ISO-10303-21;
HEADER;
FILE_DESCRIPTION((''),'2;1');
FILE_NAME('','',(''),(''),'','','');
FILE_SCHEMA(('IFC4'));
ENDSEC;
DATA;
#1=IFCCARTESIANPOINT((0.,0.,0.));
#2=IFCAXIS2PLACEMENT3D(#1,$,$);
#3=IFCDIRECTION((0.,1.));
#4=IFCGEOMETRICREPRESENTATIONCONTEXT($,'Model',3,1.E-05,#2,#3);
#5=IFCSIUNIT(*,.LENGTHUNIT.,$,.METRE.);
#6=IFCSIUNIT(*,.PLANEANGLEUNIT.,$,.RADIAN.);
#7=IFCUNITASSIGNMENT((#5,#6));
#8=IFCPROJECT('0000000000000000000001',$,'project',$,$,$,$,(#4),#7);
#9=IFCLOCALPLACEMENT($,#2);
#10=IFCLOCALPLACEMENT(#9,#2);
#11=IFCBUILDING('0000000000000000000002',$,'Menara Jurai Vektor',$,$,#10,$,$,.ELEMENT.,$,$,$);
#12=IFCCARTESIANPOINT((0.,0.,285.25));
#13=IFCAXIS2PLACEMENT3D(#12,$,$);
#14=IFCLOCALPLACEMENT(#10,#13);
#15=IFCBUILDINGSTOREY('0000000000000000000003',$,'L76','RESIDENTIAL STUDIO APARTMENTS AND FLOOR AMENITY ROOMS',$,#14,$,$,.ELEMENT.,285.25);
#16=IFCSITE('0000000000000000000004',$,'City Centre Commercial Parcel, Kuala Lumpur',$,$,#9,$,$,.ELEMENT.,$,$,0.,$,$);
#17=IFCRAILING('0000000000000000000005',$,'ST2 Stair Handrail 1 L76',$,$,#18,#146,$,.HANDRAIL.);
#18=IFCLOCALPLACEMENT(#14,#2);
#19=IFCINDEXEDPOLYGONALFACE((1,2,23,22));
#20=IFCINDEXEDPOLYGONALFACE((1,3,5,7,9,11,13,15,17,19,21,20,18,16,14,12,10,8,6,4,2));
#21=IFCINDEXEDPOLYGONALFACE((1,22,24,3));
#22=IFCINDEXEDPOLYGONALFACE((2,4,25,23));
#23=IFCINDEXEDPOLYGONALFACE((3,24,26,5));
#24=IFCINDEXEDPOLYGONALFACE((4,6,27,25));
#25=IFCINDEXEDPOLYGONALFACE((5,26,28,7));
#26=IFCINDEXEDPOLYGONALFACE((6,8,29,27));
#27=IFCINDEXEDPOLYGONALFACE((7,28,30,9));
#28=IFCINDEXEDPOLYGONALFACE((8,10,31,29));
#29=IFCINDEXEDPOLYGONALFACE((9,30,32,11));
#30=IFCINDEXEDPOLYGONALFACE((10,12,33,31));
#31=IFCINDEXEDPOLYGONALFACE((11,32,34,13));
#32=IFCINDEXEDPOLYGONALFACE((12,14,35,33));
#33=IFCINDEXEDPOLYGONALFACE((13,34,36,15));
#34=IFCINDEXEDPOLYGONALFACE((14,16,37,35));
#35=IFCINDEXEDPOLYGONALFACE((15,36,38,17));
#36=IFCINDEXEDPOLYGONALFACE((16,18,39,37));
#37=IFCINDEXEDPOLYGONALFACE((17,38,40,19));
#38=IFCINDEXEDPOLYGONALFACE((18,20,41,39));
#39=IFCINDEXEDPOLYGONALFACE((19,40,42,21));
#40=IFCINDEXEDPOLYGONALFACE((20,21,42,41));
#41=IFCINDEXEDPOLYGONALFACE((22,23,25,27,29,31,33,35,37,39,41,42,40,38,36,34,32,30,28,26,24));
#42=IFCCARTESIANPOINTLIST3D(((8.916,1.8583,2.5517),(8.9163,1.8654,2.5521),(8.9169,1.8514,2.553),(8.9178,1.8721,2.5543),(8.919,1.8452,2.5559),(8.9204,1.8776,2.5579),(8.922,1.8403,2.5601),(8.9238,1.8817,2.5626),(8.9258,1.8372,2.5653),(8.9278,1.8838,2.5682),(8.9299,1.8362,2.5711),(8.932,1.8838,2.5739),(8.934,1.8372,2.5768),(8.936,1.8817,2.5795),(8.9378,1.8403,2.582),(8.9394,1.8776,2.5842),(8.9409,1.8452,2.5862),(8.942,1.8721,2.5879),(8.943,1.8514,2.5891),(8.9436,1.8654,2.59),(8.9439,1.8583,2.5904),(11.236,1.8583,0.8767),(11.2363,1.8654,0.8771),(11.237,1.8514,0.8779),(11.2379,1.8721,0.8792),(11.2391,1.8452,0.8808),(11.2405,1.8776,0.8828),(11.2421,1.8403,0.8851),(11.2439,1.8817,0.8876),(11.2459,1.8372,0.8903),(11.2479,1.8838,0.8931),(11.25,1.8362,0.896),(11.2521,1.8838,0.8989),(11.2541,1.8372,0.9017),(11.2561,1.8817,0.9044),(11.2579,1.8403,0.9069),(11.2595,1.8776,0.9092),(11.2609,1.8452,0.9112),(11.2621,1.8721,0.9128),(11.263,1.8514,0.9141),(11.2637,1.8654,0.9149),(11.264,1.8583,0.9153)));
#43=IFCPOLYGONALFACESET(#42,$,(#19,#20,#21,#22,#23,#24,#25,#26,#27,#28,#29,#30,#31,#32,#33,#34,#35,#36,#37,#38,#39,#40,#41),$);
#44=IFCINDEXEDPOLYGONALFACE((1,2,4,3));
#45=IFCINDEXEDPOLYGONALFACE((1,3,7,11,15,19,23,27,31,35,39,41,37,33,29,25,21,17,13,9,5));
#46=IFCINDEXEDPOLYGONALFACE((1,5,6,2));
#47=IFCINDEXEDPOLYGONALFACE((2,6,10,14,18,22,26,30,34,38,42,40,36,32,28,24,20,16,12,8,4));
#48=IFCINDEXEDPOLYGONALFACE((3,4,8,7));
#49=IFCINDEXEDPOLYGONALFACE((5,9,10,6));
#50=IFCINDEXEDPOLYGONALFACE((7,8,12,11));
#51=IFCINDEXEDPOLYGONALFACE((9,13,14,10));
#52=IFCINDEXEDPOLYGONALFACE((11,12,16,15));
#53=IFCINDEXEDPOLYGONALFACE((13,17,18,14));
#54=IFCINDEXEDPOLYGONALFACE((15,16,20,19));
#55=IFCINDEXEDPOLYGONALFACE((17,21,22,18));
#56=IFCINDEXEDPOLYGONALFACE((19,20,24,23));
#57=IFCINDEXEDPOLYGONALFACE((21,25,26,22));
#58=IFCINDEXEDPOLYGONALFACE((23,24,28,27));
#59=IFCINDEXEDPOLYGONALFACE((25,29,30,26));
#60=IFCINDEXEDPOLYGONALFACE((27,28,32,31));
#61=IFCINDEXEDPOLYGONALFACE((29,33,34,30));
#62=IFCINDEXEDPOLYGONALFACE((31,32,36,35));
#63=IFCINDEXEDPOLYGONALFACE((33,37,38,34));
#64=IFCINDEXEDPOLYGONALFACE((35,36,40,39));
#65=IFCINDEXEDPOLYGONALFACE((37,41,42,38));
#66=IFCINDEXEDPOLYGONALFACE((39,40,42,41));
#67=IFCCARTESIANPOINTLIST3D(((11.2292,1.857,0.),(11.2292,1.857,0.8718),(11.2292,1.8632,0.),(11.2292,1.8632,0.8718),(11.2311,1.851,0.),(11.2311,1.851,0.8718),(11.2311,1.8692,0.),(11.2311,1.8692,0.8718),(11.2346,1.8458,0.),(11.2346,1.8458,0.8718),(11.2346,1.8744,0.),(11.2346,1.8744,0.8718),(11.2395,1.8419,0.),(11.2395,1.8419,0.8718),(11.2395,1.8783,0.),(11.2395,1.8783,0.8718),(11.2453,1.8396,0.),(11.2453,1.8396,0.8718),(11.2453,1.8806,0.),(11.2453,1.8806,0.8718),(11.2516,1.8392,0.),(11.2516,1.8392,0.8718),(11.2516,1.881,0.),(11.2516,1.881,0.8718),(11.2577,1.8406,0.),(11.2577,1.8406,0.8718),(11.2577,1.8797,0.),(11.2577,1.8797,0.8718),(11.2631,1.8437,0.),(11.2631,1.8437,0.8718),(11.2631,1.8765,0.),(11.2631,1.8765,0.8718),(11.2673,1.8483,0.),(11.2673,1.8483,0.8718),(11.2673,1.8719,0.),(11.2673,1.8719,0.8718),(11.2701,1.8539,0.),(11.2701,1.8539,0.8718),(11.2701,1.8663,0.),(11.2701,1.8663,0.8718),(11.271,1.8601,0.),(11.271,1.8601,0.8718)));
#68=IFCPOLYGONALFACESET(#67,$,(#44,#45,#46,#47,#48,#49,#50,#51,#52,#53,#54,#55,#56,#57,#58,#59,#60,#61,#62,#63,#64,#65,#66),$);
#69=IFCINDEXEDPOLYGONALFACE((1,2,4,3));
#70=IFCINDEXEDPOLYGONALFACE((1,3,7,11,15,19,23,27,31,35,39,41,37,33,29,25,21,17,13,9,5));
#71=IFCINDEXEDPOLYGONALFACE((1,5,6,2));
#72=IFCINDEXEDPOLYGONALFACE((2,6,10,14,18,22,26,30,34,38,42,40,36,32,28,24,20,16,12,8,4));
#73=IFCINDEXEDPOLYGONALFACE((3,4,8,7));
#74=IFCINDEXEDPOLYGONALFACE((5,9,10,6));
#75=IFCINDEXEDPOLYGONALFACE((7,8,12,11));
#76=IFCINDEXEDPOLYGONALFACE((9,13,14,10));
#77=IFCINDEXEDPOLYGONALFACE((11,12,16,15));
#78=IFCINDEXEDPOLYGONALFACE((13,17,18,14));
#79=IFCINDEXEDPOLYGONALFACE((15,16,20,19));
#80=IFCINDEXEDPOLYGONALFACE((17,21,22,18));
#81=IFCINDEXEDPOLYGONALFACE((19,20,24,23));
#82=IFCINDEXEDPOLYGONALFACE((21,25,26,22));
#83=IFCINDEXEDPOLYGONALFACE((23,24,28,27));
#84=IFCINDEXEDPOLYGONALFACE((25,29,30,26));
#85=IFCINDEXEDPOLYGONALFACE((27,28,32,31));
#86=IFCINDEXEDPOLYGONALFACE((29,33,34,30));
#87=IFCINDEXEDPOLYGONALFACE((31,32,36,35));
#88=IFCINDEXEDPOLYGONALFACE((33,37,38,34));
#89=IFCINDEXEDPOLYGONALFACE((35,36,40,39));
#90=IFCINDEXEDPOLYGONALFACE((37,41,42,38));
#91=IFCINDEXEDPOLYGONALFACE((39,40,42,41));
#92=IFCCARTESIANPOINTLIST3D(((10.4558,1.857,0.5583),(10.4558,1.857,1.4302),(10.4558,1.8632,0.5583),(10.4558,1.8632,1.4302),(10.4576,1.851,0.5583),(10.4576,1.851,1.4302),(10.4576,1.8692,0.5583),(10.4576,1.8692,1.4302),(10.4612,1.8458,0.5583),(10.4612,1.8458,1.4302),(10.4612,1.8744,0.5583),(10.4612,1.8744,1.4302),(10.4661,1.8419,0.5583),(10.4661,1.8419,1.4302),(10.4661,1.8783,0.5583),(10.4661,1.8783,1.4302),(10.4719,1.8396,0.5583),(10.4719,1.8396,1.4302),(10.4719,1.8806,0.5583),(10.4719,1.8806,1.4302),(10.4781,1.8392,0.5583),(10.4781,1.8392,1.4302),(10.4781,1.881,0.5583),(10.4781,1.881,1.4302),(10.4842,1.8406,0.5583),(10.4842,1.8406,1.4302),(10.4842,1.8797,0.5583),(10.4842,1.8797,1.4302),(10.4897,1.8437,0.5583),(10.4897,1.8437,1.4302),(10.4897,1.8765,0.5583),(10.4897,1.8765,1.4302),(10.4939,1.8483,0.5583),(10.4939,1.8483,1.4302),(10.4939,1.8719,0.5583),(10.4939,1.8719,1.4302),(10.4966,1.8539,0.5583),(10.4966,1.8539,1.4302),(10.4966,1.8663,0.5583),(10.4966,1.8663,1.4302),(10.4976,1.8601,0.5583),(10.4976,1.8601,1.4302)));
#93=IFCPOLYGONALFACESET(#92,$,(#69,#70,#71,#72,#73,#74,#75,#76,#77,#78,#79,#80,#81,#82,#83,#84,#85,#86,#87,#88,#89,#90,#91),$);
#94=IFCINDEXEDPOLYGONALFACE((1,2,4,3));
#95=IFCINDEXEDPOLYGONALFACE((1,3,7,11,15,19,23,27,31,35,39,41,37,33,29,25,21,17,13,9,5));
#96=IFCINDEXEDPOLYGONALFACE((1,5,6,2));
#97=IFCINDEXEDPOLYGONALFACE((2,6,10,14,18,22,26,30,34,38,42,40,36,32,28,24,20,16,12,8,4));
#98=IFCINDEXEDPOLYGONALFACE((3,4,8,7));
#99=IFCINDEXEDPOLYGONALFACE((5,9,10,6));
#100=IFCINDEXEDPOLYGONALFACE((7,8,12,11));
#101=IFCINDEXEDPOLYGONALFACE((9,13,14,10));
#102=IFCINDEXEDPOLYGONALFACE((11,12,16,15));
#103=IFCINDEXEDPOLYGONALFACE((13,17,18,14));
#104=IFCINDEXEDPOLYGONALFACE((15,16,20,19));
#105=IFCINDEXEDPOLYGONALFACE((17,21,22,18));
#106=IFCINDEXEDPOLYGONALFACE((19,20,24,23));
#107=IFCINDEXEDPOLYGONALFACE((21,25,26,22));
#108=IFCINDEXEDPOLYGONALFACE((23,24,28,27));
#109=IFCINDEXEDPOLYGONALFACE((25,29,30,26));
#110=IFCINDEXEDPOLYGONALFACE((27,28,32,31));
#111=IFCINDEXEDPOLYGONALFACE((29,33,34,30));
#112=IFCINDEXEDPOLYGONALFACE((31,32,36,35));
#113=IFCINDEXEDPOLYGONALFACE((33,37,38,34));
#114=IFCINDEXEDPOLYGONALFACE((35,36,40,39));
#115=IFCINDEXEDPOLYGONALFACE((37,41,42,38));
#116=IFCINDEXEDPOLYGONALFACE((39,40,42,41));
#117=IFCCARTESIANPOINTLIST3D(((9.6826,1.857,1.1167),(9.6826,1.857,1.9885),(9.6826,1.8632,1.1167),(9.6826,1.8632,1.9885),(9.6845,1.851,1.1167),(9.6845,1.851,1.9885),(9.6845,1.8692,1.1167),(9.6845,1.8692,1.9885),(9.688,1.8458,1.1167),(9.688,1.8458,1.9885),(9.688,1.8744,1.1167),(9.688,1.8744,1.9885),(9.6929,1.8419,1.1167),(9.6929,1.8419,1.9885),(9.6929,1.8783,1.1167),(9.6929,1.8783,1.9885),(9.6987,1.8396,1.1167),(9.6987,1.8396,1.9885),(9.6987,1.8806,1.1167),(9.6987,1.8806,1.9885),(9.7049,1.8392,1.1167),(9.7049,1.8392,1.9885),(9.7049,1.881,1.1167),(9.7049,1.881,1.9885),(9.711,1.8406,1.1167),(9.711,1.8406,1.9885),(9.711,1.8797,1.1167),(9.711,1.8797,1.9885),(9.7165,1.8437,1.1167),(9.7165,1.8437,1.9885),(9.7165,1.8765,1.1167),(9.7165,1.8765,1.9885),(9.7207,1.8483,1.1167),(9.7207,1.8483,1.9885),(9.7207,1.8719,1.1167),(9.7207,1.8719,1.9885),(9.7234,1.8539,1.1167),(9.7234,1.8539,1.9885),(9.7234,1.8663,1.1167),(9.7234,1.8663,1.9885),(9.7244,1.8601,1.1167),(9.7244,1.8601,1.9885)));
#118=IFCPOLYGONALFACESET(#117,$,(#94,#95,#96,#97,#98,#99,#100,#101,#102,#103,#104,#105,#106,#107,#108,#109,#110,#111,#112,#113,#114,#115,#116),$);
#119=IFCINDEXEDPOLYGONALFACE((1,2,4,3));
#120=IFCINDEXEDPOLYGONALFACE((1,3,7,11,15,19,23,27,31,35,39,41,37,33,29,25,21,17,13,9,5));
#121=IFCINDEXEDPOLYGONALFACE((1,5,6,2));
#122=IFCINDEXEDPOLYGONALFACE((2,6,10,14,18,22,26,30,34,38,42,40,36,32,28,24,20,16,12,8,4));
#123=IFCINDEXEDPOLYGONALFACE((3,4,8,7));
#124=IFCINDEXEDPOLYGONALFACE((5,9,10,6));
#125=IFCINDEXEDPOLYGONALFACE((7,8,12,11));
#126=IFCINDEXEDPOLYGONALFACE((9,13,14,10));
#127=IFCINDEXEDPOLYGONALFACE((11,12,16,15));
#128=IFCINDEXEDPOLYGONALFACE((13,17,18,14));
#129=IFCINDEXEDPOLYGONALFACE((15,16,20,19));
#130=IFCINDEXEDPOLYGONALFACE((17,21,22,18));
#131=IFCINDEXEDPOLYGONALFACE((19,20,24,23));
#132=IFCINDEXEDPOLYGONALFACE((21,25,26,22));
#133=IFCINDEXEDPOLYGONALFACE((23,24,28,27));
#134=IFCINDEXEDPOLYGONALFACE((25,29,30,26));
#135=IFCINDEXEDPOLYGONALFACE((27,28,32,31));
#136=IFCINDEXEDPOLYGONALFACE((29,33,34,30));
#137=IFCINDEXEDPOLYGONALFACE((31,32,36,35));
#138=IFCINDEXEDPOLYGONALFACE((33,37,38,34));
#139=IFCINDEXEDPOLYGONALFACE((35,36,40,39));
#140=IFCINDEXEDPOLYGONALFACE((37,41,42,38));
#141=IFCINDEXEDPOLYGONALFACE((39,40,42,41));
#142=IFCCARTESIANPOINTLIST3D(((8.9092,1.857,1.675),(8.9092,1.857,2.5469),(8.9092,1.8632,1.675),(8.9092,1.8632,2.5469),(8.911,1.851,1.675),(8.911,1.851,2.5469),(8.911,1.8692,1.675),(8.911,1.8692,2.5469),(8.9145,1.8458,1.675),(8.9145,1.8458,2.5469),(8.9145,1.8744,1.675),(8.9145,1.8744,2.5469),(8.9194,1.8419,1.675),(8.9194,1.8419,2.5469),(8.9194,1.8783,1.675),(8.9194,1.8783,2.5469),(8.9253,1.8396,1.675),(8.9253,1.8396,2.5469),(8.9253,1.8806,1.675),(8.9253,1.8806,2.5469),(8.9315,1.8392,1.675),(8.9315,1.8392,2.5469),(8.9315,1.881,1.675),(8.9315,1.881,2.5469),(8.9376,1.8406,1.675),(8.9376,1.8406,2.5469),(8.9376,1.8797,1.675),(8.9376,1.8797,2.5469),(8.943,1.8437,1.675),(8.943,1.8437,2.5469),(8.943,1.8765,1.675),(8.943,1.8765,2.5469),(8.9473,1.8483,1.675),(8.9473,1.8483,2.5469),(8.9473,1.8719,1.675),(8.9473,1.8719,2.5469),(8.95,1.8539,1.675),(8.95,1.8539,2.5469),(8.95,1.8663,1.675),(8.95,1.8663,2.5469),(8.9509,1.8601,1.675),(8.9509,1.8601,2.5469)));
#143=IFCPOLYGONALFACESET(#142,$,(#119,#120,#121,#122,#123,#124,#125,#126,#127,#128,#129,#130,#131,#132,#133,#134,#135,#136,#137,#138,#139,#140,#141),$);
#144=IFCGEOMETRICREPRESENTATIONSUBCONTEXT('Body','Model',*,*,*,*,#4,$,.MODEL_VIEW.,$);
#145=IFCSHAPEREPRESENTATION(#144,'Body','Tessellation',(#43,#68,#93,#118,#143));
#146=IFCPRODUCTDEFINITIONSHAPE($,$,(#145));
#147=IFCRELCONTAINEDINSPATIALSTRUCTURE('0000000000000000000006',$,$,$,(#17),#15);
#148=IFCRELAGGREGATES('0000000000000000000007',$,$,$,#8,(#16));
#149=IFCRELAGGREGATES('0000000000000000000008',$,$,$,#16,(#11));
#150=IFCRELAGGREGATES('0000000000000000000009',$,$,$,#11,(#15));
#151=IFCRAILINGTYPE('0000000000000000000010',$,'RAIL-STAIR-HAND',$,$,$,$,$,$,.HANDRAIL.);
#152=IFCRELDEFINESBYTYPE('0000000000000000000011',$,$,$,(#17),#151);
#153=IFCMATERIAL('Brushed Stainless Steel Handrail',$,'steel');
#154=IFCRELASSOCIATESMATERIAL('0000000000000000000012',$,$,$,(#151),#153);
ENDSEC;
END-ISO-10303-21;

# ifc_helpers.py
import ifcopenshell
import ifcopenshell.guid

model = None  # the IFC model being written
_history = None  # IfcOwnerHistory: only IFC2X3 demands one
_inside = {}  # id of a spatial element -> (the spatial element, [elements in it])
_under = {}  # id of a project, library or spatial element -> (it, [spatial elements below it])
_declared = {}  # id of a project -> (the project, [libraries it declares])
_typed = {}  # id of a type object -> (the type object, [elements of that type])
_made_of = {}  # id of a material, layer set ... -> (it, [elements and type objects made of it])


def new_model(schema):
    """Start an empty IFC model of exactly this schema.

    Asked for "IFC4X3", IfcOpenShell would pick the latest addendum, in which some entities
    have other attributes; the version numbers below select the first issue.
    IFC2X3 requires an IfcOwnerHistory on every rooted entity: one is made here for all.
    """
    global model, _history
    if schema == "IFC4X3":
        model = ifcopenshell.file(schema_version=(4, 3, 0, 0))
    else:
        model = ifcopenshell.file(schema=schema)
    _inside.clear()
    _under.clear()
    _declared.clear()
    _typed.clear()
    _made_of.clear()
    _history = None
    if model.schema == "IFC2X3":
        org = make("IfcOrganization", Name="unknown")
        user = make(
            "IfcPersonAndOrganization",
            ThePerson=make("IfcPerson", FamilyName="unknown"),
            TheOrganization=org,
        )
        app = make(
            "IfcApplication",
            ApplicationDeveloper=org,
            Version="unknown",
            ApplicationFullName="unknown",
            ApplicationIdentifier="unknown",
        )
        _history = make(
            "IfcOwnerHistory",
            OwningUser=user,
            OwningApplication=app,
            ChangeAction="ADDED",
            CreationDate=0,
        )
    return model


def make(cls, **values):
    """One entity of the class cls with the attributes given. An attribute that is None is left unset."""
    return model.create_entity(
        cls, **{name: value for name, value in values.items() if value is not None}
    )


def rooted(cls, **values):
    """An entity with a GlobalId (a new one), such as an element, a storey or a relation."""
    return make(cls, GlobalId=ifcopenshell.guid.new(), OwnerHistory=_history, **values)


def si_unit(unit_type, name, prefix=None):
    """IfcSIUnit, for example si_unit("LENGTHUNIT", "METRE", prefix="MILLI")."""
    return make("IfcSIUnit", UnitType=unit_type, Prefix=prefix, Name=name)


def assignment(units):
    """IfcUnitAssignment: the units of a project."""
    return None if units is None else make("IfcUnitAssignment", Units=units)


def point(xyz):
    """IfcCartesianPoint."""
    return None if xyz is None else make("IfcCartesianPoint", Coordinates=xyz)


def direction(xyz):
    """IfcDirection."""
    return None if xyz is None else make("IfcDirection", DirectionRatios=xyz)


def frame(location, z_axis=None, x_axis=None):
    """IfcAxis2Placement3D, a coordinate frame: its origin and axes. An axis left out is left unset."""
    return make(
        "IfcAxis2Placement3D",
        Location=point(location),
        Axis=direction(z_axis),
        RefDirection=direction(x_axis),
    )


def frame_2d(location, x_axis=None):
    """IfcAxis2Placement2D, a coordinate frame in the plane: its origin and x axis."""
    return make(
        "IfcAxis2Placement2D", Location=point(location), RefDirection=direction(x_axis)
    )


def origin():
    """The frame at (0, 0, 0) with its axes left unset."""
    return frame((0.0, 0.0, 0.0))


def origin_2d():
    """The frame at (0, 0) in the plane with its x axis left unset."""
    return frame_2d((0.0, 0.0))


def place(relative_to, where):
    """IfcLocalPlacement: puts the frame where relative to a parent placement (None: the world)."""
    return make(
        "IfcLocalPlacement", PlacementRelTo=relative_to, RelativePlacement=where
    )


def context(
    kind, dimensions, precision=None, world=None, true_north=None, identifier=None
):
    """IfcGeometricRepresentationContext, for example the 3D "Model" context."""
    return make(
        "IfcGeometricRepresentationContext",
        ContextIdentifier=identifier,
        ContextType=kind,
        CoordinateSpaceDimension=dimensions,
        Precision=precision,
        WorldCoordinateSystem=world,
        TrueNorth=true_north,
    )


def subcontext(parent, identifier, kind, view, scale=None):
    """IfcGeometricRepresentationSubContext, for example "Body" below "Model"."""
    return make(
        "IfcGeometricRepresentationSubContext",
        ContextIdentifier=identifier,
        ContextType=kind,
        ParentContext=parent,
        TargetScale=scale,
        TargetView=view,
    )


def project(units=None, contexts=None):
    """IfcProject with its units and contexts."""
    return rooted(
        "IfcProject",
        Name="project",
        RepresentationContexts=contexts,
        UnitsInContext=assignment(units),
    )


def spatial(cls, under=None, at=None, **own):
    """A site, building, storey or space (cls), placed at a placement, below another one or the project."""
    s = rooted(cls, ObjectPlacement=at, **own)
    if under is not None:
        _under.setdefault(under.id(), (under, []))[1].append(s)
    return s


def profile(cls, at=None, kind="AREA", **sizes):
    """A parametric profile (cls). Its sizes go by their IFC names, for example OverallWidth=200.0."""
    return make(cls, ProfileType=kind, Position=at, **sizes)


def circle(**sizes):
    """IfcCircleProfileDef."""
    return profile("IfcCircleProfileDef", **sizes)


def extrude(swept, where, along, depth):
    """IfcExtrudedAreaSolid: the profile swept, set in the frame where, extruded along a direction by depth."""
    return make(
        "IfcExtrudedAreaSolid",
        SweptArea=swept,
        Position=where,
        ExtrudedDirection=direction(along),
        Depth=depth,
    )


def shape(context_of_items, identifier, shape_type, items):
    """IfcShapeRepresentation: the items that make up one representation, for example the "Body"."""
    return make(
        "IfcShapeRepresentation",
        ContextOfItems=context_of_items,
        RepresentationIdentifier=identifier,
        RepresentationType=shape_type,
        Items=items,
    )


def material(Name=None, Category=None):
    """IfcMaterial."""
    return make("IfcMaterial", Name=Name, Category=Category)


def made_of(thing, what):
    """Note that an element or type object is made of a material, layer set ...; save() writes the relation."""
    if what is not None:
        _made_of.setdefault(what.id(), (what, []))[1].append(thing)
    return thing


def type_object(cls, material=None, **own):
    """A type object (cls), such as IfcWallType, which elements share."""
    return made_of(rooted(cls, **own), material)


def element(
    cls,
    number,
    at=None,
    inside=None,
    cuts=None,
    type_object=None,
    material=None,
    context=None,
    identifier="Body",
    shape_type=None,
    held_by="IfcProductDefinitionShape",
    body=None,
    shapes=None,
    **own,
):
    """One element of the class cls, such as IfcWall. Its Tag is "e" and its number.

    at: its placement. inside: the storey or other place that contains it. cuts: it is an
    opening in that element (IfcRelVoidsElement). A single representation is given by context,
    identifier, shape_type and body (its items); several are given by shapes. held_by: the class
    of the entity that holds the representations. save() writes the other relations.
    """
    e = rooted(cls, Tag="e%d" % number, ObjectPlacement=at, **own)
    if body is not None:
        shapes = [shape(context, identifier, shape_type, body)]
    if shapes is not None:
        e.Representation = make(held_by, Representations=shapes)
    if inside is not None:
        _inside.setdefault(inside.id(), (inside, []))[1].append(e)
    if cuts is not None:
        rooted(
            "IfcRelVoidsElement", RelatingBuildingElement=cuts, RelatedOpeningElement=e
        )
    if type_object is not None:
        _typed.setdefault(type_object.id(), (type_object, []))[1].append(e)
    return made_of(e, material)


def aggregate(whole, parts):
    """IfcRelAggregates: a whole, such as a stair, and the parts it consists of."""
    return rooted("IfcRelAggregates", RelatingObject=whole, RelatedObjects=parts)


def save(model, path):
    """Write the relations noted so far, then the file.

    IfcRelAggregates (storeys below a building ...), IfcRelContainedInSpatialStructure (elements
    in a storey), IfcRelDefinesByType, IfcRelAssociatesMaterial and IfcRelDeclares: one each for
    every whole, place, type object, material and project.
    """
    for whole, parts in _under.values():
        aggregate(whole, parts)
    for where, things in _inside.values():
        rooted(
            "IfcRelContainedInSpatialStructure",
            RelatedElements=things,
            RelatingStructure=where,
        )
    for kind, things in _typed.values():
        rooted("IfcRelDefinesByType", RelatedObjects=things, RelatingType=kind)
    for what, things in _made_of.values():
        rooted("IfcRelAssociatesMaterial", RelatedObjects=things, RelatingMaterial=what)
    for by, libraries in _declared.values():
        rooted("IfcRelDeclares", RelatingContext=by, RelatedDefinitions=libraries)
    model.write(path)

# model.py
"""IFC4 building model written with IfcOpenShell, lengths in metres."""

from ifc_helpers import new_model, si_unit, direction, frame, origin, origin_2d, place, context, subcontext, project, spatial, circle, extrude, material, type_object, element, save


model = new_model("IFC4")

# Units and contexts
model_context = context("Model", 3, precision=1e-05, world=origin(), true_north=direction((0.0, 1.0)))
body_context = subcontext(model_context, "Body", "Model", "MODEL_VIEW")
ifc_project = project(units=[si_unit("LENGTHUNIT", "METRE"), si_unit("PLANEANGLEUNIT", "RADIAN")], contexts=[model_context])

# Site, building, storey
site_placement = place(None, origin())
site = spatial("IfcSite", under=ifc_project, at=site_placement, Name="City Centre Commercial Parcel, Kuala Lumpur", CompositionType="ELEMENT", RefElevation=0.0)
building_placement = place(site_placement, origin())
building = spatial("IfcBuilding", under=site, at=building_placement, Name="Menara Jurai Vektor", CompositionType="ELEMENT")
storey_placement = place(building_placement, frame((0.0, 0.0, 285.25)))
storey = spatial("IfcBuildingStorey", under=building, at=storey_placement, Name="L76", Description="RESIDENTIAL STUDIO APARTMENTS AND FLOOR AMENITY ROOMS", CompositionType="ELEMENT", Elevation=285.25)

# Railing
ifc_material_1 = material(Name="Brushed Stainless Steel Handrail", Category="steel")
railing_type_1 = type_object("IfcRailingType", Name="RAIL-STAIR-HAND", PredefinedType="HANDRAIL", material=ifc_material_1)
railing_1_placement = place(storey_placement, frame((11.25, 1.8601, 0.0)))
element("IfcRailing", 1, at=railing_1_placement, inside=storey, type_object=railing_type_1, Name="ST2 Stair Handrail 1 L76", PredefinedType="HANDRAIL", context=body_context, shape_type="SweptSolid", body=[
    extrude(circle(Radius=0.0239, at=origin_2d()), frame((0.0, 0.0, 0.896), z_axis=(-0.810771, 0.0, 0.585363), x_axis=(0.0, -1.0, 0.0)), (0.0, 0.0, 1.0), 2.8616),
    extrude(circle(Radius=0.021, at=origin_2d()), origin(), (0.0, 0.0, 1.0), 0.8718),
    extrude(circle(Radius=0.021, at=origin_2d()), frame((-0.7734, 0.0, 0.5583)), (0.0, 0.0, 1.0), 0.8718),
    extrude(circle(Radius=0.021, at=origin_2d()), frame((-1.5466, 0.0, 1.1167)), (0.0, 0.0, 1.0), 0.8718),
    extrude(circle(Radius=0.021, at=origin_2d()), frame((-2.3201, 0.0, 1.675)), (0.0, 0.0, 1.0), 0.8718),
])

save(model, "model.ifc")
